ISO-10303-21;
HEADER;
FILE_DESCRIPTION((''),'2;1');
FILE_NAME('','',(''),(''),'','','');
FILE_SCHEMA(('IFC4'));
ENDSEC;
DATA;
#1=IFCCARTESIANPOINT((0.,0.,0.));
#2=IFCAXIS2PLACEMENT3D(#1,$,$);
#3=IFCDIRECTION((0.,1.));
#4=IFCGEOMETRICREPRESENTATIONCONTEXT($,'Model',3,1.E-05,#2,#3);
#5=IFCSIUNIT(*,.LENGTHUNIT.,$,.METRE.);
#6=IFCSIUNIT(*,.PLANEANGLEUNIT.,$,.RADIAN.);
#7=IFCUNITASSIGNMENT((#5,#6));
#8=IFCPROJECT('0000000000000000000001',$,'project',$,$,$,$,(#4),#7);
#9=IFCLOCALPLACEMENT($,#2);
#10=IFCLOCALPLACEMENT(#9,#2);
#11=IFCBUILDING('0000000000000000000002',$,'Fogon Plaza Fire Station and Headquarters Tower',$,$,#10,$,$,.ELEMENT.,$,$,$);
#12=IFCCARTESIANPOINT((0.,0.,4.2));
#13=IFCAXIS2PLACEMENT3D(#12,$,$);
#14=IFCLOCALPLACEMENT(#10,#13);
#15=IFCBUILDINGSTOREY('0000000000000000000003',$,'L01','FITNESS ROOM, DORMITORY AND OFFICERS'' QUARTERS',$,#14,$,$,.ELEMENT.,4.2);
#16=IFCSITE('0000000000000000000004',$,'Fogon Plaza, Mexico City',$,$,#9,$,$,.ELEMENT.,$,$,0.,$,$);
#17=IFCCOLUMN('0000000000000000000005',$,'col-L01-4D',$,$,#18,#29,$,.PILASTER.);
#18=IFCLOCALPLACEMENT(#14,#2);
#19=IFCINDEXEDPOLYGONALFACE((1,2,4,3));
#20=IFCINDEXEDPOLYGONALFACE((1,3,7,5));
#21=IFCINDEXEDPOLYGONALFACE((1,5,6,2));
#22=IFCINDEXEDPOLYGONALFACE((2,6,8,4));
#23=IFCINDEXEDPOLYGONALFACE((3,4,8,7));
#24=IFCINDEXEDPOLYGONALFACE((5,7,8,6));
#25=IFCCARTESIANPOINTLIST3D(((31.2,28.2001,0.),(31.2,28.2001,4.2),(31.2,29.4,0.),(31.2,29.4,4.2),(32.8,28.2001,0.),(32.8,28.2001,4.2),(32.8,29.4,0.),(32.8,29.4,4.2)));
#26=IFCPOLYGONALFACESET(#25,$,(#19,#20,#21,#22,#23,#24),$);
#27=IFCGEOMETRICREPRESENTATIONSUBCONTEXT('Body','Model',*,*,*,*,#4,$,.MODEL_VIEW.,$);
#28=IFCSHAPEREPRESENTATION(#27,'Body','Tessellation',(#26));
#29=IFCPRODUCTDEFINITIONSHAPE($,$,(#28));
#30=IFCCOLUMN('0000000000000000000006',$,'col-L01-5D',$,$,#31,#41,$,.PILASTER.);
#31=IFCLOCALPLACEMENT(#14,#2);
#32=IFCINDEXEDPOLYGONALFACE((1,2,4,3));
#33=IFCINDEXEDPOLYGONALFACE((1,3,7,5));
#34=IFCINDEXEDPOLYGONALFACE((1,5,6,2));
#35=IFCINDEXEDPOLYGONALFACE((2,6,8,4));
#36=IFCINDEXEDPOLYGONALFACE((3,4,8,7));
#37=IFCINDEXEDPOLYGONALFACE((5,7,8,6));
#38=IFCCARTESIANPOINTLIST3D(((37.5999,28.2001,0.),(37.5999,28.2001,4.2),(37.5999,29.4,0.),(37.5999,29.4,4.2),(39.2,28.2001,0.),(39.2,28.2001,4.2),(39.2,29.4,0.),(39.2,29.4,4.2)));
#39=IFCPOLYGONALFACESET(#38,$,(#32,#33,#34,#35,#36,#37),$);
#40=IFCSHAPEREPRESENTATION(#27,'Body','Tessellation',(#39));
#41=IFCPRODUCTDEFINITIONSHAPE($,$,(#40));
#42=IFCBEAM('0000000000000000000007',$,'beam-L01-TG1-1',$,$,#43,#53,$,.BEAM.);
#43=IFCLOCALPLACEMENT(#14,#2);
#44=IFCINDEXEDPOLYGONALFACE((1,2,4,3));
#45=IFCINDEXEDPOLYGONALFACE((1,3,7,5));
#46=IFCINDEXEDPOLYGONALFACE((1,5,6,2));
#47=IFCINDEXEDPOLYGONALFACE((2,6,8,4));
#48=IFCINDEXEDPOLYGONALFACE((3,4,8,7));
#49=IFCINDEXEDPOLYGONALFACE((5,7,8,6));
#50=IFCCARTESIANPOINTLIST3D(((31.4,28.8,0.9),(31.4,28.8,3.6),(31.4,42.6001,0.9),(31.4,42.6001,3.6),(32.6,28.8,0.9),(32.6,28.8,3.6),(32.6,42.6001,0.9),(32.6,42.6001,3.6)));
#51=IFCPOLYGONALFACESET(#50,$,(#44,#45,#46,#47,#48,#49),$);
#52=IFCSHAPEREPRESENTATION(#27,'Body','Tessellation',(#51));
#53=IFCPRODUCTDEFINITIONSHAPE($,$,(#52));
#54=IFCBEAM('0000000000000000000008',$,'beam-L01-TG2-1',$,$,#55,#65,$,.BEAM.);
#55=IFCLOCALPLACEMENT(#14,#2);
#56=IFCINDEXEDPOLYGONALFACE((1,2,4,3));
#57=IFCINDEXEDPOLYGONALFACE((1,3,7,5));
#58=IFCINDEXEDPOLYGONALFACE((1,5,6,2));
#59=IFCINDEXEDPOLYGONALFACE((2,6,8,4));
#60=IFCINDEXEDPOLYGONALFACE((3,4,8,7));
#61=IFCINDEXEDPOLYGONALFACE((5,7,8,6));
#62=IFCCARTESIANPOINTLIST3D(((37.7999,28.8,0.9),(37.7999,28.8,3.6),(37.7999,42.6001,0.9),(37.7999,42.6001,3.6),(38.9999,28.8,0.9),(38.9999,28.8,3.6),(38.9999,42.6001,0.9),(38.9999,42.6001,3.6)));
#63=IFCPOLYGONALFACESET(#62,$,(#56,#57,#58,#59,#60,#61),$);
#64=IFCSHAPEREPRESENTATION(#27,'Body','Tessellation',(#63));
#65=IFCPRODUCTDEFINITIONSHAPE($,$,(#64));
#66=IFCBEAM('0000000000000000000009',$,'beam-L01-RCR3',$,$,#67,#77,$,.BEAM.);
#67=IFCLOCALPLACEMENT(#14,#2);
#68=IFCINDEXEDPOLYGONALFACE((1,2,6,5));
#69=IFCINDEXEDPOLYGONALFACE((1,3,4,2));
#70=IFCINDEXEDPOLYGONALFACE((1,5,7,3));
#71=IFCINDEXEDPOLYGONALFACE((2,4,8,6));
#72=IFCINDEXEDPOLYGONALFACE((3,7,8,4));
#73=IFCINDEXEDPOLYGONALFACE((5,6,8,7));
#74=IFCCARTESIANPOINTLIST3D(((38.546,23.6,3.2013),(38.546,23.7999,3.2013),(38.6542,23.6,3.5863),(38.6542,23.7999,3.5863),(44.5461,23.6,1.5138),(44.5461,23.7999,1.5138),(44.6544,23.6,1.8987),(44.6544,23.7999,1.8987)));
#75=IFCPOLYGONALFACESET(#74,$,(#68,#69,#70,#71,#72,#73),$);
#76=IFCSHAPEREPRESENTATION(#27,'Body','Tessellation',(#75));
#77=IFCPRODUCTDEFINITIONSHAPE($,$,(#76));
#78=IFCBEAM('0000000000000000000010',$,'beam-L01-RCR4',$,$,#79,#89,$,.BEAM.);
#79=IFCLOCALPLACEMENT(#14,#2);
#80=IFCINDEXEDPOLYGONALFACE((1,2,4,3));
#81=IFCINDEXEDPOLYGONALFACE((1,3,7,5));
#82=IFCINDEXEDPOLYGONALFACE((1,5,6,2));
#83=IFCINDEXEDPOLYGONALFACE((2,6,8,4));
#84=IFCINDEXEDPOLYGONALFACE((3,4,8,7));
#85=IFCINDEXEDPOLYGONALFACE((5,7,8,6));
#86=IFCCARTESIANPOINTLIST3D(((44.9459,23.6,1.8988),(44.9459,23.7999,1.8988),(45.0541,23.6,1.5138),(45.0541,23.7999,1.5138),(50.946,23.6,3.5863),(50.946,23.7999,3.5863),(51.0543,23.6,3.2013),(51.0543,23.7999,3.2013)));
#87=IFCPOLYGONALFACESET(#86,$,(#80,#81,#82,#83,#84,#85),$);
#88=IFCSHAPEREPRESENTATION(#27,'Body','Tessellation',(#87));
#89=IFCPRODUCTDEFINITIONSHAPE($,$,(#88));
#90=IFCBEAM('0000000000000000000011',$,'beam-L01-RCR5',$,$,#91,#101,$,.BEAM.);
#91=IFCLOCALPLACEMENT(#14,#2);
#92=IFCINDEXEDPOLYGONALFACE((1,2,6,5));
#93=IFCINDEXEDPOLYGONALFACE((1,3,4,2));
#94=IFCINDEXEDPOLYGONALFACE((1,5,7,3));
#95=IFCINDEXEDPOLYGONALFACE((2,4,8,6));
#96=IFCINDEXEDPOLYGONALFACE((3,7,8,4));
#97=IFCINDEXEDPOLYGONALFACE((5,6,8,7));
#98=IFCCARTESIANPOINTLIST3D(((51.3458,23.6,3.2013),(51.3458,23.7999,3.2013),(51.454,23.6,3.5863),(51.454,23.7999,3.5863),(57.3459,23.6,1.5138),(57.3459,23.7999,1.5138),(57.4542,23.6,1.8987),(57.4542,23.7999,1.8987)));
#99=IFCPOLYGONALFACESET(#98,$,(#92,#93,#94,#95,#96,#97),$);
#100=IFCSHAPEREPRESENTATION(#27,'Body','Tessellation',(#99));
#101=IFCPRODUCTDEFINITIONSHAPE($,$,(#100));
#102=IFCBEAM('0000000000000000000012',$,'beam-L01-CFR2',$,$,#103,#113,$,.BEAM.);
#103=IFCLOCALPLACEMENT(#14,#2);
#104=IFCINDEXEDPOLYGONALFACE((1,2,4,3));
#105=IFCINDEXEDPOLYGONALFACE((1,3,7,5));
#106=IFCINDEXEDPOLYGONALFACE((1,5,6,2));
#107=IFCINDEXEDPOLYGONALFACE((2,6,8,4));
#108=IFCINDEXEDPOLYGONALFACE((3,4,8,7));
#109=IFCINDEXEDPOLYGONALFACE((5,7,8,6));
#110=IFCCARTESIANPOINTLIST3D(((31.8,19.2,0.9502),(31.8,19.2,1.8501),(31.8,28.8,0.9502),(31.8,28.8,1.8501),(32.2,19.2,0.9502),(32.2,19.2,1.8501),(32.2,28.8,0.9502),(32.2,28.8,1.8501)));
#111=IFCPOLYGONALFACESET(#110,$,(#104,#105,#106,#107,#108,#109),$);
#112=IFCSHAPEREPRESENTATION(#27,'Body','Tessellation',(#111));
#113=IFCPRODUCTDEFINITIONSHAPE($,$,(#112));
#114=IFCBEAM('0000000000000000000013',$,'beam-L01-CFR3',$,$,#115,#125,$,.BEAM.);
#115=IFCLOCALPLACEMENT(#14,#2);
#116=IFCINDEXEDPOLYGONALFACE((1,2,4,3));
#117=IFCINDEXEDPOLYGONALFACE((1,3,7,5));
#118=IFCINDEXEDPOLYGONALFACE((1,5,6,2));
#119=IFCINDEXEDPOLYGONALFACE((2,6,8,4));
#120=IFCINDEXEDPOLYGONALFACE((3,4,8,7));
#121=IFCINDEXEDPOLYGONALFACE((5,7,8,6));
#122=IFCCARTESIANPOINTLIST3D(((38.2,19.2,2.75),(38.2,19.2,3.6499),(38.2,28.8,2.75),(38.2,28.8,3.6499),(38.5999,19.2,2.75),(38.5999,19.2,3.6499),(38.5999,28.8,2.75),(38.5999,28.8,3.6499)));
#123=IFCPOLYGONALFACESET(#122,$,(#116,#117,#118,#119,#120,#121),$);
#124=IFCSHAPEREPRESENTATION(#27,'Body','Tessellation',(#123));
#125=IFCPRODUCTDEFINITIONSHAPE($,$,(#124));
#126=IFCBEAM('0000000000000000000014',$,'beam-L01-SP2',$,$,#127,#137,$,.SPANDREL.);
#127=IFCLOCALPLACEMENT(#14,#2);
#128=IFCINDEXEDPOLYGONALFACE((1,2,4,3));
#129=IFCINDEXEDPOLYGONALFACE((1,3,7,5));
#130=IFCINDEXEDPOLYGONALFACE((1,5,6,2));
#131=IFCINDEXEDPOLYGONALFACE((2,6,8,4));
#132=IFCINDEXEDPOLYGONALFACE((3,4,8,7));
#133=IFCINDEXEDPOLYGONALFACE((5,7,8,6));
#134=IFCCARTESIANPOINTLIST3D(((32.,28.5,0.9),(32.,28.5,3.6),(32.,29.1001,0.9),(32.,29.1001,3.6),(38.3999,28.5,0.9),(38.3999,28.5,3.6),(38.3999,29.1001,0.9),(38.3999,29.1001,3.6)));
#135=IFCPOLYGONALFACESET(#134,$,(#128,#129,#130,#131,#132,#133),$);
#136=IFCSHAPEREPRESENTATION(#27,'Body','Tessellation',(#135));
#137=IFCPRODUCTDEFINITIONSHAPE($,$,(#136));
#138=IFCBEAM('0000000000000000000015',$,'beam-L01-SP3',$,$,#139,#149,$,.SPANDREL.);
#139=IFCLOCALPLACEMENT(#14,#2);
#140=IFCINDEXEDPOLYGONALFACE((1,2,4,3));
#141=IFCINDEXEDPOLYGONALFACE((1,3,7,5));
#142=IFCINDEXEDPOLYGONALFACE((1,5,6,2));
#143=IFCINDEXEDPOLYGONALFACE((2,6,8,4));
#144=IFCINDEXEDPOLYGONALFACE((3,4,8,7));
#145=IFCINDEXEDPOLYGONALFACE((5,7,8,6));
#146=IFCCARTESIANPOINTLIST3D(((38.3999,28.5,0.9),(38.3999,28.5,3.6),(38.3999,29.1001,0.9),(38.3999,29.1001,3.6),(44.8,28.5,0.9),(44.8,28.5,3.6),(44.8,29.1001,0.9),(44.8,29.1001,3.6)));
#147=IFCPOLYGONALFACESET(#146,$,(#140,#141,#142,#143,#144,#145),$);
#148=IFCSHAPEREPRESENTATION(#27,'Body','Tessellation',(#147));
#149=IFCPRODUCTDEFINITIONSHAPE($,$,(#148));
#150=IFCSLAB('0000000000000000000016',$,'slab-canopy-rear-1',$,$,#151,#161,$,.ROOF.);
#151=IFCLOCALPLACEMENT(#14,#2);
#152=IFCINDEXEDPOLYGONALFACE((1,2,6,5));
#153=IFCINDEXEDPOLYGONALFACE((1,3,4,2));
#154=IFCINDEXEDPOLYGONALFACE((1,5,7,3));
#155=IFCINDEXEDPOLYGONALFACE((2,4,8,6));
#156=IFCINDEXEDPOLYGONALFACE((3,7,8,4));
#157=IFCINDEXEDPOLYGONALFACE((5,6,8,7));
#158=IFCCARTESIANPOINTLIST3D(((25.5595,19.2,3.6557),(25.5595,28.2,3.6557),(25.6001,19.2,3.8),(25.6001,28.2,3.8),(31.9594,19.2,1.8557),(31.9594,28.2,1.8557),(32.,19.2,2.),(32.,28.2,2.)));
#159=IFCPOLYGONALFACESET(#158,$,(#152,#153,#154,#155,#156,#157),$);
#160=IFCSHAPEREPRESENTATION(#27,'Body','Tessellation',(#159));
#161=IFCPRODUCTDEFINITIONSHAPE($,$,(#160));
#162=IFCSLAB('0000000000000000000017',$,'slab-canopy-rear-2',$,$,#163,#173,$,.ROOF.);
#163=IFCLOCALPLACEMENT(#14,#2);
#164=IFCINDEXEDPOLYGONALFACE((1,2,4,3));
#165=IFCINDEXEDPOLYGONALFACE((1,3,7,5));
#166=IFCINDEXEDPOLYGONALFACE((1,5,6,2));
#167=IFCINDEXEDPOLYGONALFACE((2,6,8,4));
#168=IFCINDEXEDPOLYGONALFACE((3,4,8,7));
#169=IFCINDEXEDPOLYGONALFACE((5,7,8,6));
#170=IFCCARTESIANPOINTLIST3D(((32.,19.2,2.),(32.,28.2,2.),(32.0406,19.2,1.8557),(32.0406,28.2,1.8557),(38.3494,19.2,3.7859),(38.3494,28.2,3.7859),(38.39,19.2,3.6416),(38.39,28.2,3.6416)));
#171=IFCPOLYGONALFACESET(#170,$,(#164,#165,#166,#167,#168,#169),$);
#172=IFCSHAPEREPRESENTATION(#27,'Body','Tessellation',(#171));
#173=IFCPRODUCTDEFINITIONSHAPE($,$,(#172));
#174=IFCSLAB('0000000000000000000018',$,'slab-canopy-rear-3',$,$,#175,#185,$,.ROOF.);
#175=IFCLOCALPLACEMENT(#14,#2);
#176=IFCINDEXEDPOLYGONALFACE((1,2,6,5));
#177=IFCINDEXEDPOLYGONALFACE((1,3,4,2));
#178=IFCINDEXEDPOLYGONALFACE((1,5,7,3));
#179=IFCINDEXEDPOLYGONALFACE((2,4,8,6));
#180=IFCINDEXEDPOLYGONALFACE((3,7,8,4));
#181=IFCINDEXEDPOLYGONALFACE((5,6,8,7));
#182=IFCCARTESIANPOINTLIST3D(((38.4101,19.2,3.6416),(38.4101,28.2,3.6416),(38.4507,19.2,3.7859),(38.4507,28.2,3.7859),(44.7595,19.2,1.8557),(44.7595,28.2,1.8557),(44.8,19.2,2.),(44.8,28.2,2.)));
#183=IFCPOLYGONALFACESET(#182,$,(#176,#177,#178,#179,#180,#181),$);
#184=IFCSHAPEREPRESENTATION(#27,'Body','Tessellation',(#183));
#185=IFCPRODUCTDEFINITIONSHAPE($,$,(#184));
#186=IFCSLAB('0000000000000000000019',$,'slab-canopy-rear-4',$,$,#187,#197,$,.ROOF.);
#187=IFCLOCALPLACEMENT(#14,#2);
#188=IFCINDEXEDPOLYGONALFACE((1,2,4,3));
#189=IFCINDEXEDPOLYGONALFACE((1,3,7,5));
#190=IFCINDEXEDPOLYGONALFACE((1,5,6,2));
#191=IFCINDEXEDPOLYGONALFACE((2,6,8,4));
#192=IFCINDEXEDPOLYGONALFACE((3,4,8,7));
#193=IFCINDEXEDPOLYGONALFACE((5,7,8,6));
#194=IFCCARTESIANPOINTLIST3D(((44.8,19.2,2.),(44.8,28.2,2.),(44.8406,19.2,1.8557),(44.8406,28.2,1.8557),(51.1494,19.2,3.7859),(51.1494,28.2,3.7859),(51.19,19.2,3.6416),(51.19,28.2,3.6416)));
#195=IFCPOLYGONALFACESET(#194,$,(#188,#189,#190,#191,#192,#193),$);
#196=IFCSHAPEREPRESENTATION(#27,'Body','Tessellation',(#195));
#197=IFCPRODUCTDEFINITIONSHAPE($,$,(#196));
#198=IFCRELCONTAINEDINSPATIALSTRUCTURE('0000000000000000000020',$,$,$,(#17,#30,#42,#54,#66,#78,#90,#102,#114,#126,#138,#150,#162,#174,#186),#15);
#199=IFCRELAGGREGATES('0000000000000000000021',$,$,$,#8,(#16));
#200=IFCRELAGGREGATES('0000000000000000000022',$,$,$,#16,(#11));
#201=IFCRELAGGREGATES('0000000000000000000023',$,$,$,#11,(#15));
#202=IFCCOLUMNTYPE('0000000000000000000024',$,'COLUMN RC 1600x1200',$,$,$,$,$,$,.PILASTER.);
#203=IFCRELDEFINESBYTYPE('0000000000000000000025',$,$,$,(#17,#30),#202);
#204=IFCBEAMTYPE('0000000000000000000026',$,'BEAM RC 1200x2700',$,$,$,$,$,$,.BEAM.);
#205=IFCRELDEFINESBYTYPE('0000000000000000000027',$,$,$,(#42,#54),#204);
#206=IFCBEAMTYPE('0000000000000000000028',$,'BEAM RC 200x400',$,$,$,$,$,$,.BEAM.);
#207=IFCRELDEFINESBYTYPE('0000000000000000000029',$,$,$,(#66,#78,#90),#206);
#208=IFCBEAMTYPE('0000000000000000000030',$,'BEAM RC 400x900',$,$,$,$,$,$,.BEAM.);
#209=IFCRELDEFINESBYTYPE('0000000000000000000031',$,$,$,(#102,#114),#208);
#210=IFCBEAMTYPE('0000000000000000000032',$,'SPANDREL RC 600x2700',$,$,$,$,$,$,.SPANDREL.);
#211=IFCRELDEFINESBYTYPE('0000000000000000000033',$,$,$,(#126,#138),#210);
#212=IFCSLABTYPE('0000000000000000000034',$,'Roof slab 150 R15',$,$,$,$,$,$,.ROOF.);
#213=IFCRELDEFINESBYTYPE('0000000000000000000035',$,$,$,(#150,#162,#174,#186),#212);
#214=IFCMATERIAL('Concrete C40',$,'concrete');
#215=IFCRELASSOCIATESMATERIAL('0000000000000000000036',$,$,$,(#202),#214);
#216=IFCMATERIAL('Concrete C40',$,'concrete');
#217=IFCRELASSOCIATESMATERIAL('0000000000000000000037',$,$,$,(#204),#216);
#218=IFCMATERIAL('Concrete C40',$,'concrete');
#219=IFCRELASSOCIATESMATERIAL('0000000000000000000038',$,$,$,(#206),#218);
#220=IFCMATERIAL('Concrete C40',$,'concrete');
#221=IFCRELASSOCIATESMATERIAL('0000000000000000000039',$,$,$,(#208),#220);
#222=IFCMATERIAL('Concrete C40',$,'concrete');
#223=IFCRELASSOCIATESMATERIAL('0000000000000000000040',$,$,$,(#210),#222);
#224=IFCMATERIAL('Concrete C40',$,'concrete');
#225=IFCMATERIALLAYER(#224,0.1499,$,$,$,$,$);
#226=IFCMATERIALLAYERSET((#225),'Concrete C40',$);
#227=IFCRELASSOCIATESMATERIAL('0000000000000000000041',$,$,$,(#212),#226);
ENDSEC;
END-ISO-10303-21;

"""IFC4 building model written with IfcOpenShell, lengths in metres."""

from ifc_helpers import new_model, si_unit, direction, frame, origin, origin_2d, place, context, subcontext, project, spatial, polyline, rectangle, outline, extrude, material, layer, layer_set, material_profile, profile_set, type_object, element, save


model = new_model("IFC4")

# Units and contexts
model_context = context("Model", 3, precision=1e-05, world=origin(), true_north=direction((0.0, 1.0)))
body_context = subcontext(model_context, "Body", "Model", "MODEL_VIEW")
ifc_project = project(units=[si_unit("LENGTHUNIT", "METRE"), si_unit("PLANEANGLEUNIT", "RADIAN")], contexts=[model_context])

# Site, building, storey
site_placement = place(None, origin())
site = spatial("IfcSite", under=ifc_project, at=site_placement, Name="Fogon Plaza, Mexico City", CompositionType="ELEMENT", RefElevation=0.0)
building_placement = place(site_placement, origin())
building = spatial("IfcBuilding", under=site, at=building_placement, Name="Fogon Plaza Fire Station and Headquarters Tower", CompositionType="ELEMENT")
storey_placement = place(building_placement, frame((0.0, 0.0, 4.2)))
storey = spatial("IfcBuildingStorey", under=building, at=storey_placement, Name="L01", Description="FITNESS ROOM, DORMITORY AND OFFICERS' QUARTERS", CompositionType="ELEMENT", Elevation=4.2)

# Columns
ifc_material_1 = material(Name="Concrete C40", Category="concrete")
ifc_material_profile_1 = material_profile(ifc_material_1, rectangle(XDim=1.6001, YDim=1.2, at=origin_2d()), Name="RC 1600x1200")
ifc_profile_set_1 = profile_set([ifc_material_profile_1], Name="Concrete C40")
column_type = type_object("IfcColumnType", Name="COLUMN RC 1600x1200", PredefinedType="PILASTER", material=ifc_profile_set_1)
for number, where, z_axis, x_axis, name in (
    (1, (32.0, 28.8, 0.0), (0.0, 0.0, 1.0), (1.0, 0.0, 0.0), "col-L01-4D"),
    (2, (38.3999, 28.8, 0.0), (0.0, 0.0, 1.0), (1.0, 0.0, 0.0), "col-L01-5D"),
):
    element("IfcColumn", number, at=place(storey_placement, frame(where, z_axis=z_axis, x_axis=x_axis)), inside=storey, type_object=column_type, Name=name, PredefinedType="PILASTER", context=body_context, shape_type="SweptSolid", body=[
        extrude(rectangle(XDim=1.6001, YDim=1.2, at=origin_2d()), origin(), (0.0, 0.0, 1.0), 4.2),
    ])

# Beams
ifc_material_2 = material(Name="Concrete C40", Category="concrete")
ifc_material_profile_2 = material_profile(ifc_material_2, rectangle(XDim=1.2, YDim=2.7, at=origin_2d()), Name="RC 1200x2700")
ifc_profile_set_2 = profile_set([ifc_material_profile_2], Name="Concrete C40")
beam_type_1 = type_object("IfcBeamType", Name="BEAM RC 1200x2700", PredefinedType="BEAM", material=ifc_profile_set_2)
for number, where, z_axis, x_axis, name in (
    (3, (32.0, 28.8, 2.25), (0.0, 1.0, 0.0), (-1.0, 0.0, 0.0), "beam-L01-TG1-1"),
    (4, (38.3999, 28.8, 2.25), (0.0, 1.0, 0.0), (-1.0, 0.0, 0.0), "beam-L01-TG2-1"),
):
    element("IfcBeam", number, at=place(storey_placement, frame(where, z_axis=z_axis, x_axis=x_axis)), inside=storey, type_object=beam_type_1, Name=name, PredefinedType="BEAM", context=body_context, shape_type="SweptSolid", body=[
        extrude(rectangle(XDim=1.2, YDim=2.7, at=origin_2d()), origin(), (0.0, 0.0, 1.0), 13.8),
    ])
ifc_material_3 = material(Name="Concrete C40", Category="concrete")
ifc_material_profile_3 = material_profile(ifc_material_3, rectangle(XDim=0.2, YDim=0.3999, at=origin_2d()), Name="RC 200x400")
ifc_profile_set_3 = profile_set([ifc_material_profile_3], Name="Concrete C40")
beam_type_2 = type_object("IfcBeamType", Name="BEAM RC 200x400", PredefinedType="BEAM", material=ifc_profile_set_3)
for number, where, z_axis, x_axis, name in (
    (5, (38.6001, 23.7, 3.3938), (0.962651, 0.0, -0.270746), (0.0, 1.0, 0.0), "beam-L01-RCR3"),
    (6, (45.0, 23.7, 1.7063), (0.962651, 0.0, 0.270746), (0.0, 1.0, 0.0), "beam-L01-RCR4"),
    (7, (51.3999, 23.7, 3.3938), (0.962651, 0.0, -0.270746), (0.0, 1.0, 0.0), "beam-L01-RCR5"),
):
    element("IfcBeam", number, at=place(storey_placement, frame(where, z_axis=z_axis, x_axis=x_axis)), inside=storey, type_object=beam_type_2, Name=name, PredefinedType="BEAM", context=body_context, shape_type="SweptSolid", body=[
        extrude(rectangle(XDim=0.2, YDim=0.3999, at=origin_2d()), origin(), (0.0, 0.0, 1.0), 6.2329),
    ])
ifc_material_4 = material(Name="Concrete C40", Category="concrete")
ifc_material_profile_4 = material_profile(ifc_material_4, rectangle(XDim=0.3999, YDim=0.8999, at=origin_2d()), Name="RC 400x900")
ifc_profile_set_4 = profile_set([ifc_material_profile_4], Name="Concrete C40")
beam_type_3 = type_object("IfcBeamType", Name="BEAM RC 400x900", PredefinedType="BEAM", material=ifc_profile_set_4)
for number, where, z_axis, x_axis, name in (
    (8, (32.0, 28.8, 1.4001), (0.0, -1.0, 0.0), (1.0, 0.0, 0.0), "beam-L01-CFR2"),
    (9, (38.3999, 28.8, 3.2), (0.0, -1.0, 0.0), (1.0, 0.0, 0.0), "beam-L01-CFR3"),
):
    element("IfcBeam", number, at=place(storey_placement, frame(where, z_axis=z_axis, x_axis=x_axis)), inside=storey, type_object=beam_type_3, Name=name, PredefinedType="BEAM", context=body_context, shape_type="SweptSolid", body=[
        extrude(rectangle(XDim=0.3999, YDim=0.8999, at=origin_2d()), origin(), (0.0, 0.0, 1.0), 9.6001),
    ])
ifc_material_5 = material(Name="Concrete C40", Category="concrete")
ifc_material_profile_5 = material_profile(ifc_material_5, rectangle(XDim=0.6001, YDim=2.7, at=origin_2d()), Name="RC 600x2700")
ifc_profile_set_5 = profile_set([ifc_material_profile_5], Name="Concrete C40")
beam_type_4 = type_object("IfcBeamType", Name="SPANDREL RC 600x2700", PredefinedType="SPANDREL", material=ifc_profile_set_5)
beam_1_placement = place(storey_placement, frame((32.0, 28.8, 2.25), z_axis=(1.0, 0.0, 0.0), x_axis=(0.0, 1.0, 0.0)))
element("IfcBeam", 10, at=beam_1_placement, inside=storey, type_object=beam_type_4, Name="beam-L01-SP2", PredefinedType="SPANDREL", context=body_context, shape_type="SweptSolid", body=[
    extrude(rectangle(XDim=0.6001, YDim=2.7, at=origin_2d()), origin(), (0.0, 0.0, 1.0), 6.3999),
])
beam_2_placement = place(storey_placement, frame((38.3999, 28.8, 2.25), z_axis=(1.0, 0.0, 0.0), x_axis=(0.0, 1.0, 0.0)))
element("IfcBeam", 11, at=beam_2_placement, inside=storey, type_object=beam_type_4, Name="beam-L01-SP3", PredefinedType="SPANDREL", context=body_context, shape_type="SweptSolid", body=[
    extrude(rectangle(XDim=0.6001, YDim=2.7, at=origin_2d()), origin(), (0.0, 0.0, 1.0), 6.4001),
])

# Slabs
ifc_material_6 = material(Name="Concrete C40", Category="concrete")
ifc_layer_1 = layer(ifc_material_6, 0.1499)
ifc_layer_set_1 = layer_set([ifc_layer_1], Name="Concrete C40")
slab_type = type_object("IfcSlabType", Name="Roof slab 150 R15", PredefinedType="ROOF", material=ifc_layer_set_1)
slab_placement = place(storey_placement, frame((25.6001, 28.2, 3.8), z_axis=(0.270756, 0.0, 0.962648), x_axis=(0.962648, 0.0, -0.270756)))
element("IfcSlab", 12, at=slab_placement, inside=storey, type_object=slab_type, Name="slab-canopy-rear-1", PredefinedType="ROOF", context=body_context, shape_type="SweptSolid", body=[
    extrude(outline(polyline([(0.0, 0.0), (6.6482, 0.0), (6.6482, -9.0), (0.0, -9.0), (0.0, 0.0)])), origin(), (0.0, 0.0, -1.0), 0.1499),
])
for number, where, z_axis, x_axis, name in (
    (13, (32.0, 28.2, 2.0), (-0.270764, 0.0, 0.962646), (0.962646, 0.0, 0.270764), "slab-canopy-rear-2"),
    (14, (38.4507, 28.2, 3.7859), (0.270764, 0.0, 0.962646), (0.962646, 0.0, -0.270764), "slab-canopy-rear-3"),
    (15, (44.8, 28.2, 2.0), (-0.270764, 0.0, 0.962646), (0.962646, 0.0, 0.270764), "slab-canopy-rear-4"),
):
    element("IfcSlab", number, at=place(storey_placement, frame(where, z_axis=z_axis, x_axis=x_axis)), inside=storey, type_object=slab_type, Name=name, PredefinedType="ROOF", context=body_context, shape_type="SweptSolid", body=[
        extrude(outline(polyline([(0.0, 0.0), (6.5957, 0.0), (6.5957, -9.0), (0.0, -9.0), (0.0, 0.0)])), origin(), (0.0, 0.0, -1.0), 0.1499),
    ])

save(model, "model.ifc")
